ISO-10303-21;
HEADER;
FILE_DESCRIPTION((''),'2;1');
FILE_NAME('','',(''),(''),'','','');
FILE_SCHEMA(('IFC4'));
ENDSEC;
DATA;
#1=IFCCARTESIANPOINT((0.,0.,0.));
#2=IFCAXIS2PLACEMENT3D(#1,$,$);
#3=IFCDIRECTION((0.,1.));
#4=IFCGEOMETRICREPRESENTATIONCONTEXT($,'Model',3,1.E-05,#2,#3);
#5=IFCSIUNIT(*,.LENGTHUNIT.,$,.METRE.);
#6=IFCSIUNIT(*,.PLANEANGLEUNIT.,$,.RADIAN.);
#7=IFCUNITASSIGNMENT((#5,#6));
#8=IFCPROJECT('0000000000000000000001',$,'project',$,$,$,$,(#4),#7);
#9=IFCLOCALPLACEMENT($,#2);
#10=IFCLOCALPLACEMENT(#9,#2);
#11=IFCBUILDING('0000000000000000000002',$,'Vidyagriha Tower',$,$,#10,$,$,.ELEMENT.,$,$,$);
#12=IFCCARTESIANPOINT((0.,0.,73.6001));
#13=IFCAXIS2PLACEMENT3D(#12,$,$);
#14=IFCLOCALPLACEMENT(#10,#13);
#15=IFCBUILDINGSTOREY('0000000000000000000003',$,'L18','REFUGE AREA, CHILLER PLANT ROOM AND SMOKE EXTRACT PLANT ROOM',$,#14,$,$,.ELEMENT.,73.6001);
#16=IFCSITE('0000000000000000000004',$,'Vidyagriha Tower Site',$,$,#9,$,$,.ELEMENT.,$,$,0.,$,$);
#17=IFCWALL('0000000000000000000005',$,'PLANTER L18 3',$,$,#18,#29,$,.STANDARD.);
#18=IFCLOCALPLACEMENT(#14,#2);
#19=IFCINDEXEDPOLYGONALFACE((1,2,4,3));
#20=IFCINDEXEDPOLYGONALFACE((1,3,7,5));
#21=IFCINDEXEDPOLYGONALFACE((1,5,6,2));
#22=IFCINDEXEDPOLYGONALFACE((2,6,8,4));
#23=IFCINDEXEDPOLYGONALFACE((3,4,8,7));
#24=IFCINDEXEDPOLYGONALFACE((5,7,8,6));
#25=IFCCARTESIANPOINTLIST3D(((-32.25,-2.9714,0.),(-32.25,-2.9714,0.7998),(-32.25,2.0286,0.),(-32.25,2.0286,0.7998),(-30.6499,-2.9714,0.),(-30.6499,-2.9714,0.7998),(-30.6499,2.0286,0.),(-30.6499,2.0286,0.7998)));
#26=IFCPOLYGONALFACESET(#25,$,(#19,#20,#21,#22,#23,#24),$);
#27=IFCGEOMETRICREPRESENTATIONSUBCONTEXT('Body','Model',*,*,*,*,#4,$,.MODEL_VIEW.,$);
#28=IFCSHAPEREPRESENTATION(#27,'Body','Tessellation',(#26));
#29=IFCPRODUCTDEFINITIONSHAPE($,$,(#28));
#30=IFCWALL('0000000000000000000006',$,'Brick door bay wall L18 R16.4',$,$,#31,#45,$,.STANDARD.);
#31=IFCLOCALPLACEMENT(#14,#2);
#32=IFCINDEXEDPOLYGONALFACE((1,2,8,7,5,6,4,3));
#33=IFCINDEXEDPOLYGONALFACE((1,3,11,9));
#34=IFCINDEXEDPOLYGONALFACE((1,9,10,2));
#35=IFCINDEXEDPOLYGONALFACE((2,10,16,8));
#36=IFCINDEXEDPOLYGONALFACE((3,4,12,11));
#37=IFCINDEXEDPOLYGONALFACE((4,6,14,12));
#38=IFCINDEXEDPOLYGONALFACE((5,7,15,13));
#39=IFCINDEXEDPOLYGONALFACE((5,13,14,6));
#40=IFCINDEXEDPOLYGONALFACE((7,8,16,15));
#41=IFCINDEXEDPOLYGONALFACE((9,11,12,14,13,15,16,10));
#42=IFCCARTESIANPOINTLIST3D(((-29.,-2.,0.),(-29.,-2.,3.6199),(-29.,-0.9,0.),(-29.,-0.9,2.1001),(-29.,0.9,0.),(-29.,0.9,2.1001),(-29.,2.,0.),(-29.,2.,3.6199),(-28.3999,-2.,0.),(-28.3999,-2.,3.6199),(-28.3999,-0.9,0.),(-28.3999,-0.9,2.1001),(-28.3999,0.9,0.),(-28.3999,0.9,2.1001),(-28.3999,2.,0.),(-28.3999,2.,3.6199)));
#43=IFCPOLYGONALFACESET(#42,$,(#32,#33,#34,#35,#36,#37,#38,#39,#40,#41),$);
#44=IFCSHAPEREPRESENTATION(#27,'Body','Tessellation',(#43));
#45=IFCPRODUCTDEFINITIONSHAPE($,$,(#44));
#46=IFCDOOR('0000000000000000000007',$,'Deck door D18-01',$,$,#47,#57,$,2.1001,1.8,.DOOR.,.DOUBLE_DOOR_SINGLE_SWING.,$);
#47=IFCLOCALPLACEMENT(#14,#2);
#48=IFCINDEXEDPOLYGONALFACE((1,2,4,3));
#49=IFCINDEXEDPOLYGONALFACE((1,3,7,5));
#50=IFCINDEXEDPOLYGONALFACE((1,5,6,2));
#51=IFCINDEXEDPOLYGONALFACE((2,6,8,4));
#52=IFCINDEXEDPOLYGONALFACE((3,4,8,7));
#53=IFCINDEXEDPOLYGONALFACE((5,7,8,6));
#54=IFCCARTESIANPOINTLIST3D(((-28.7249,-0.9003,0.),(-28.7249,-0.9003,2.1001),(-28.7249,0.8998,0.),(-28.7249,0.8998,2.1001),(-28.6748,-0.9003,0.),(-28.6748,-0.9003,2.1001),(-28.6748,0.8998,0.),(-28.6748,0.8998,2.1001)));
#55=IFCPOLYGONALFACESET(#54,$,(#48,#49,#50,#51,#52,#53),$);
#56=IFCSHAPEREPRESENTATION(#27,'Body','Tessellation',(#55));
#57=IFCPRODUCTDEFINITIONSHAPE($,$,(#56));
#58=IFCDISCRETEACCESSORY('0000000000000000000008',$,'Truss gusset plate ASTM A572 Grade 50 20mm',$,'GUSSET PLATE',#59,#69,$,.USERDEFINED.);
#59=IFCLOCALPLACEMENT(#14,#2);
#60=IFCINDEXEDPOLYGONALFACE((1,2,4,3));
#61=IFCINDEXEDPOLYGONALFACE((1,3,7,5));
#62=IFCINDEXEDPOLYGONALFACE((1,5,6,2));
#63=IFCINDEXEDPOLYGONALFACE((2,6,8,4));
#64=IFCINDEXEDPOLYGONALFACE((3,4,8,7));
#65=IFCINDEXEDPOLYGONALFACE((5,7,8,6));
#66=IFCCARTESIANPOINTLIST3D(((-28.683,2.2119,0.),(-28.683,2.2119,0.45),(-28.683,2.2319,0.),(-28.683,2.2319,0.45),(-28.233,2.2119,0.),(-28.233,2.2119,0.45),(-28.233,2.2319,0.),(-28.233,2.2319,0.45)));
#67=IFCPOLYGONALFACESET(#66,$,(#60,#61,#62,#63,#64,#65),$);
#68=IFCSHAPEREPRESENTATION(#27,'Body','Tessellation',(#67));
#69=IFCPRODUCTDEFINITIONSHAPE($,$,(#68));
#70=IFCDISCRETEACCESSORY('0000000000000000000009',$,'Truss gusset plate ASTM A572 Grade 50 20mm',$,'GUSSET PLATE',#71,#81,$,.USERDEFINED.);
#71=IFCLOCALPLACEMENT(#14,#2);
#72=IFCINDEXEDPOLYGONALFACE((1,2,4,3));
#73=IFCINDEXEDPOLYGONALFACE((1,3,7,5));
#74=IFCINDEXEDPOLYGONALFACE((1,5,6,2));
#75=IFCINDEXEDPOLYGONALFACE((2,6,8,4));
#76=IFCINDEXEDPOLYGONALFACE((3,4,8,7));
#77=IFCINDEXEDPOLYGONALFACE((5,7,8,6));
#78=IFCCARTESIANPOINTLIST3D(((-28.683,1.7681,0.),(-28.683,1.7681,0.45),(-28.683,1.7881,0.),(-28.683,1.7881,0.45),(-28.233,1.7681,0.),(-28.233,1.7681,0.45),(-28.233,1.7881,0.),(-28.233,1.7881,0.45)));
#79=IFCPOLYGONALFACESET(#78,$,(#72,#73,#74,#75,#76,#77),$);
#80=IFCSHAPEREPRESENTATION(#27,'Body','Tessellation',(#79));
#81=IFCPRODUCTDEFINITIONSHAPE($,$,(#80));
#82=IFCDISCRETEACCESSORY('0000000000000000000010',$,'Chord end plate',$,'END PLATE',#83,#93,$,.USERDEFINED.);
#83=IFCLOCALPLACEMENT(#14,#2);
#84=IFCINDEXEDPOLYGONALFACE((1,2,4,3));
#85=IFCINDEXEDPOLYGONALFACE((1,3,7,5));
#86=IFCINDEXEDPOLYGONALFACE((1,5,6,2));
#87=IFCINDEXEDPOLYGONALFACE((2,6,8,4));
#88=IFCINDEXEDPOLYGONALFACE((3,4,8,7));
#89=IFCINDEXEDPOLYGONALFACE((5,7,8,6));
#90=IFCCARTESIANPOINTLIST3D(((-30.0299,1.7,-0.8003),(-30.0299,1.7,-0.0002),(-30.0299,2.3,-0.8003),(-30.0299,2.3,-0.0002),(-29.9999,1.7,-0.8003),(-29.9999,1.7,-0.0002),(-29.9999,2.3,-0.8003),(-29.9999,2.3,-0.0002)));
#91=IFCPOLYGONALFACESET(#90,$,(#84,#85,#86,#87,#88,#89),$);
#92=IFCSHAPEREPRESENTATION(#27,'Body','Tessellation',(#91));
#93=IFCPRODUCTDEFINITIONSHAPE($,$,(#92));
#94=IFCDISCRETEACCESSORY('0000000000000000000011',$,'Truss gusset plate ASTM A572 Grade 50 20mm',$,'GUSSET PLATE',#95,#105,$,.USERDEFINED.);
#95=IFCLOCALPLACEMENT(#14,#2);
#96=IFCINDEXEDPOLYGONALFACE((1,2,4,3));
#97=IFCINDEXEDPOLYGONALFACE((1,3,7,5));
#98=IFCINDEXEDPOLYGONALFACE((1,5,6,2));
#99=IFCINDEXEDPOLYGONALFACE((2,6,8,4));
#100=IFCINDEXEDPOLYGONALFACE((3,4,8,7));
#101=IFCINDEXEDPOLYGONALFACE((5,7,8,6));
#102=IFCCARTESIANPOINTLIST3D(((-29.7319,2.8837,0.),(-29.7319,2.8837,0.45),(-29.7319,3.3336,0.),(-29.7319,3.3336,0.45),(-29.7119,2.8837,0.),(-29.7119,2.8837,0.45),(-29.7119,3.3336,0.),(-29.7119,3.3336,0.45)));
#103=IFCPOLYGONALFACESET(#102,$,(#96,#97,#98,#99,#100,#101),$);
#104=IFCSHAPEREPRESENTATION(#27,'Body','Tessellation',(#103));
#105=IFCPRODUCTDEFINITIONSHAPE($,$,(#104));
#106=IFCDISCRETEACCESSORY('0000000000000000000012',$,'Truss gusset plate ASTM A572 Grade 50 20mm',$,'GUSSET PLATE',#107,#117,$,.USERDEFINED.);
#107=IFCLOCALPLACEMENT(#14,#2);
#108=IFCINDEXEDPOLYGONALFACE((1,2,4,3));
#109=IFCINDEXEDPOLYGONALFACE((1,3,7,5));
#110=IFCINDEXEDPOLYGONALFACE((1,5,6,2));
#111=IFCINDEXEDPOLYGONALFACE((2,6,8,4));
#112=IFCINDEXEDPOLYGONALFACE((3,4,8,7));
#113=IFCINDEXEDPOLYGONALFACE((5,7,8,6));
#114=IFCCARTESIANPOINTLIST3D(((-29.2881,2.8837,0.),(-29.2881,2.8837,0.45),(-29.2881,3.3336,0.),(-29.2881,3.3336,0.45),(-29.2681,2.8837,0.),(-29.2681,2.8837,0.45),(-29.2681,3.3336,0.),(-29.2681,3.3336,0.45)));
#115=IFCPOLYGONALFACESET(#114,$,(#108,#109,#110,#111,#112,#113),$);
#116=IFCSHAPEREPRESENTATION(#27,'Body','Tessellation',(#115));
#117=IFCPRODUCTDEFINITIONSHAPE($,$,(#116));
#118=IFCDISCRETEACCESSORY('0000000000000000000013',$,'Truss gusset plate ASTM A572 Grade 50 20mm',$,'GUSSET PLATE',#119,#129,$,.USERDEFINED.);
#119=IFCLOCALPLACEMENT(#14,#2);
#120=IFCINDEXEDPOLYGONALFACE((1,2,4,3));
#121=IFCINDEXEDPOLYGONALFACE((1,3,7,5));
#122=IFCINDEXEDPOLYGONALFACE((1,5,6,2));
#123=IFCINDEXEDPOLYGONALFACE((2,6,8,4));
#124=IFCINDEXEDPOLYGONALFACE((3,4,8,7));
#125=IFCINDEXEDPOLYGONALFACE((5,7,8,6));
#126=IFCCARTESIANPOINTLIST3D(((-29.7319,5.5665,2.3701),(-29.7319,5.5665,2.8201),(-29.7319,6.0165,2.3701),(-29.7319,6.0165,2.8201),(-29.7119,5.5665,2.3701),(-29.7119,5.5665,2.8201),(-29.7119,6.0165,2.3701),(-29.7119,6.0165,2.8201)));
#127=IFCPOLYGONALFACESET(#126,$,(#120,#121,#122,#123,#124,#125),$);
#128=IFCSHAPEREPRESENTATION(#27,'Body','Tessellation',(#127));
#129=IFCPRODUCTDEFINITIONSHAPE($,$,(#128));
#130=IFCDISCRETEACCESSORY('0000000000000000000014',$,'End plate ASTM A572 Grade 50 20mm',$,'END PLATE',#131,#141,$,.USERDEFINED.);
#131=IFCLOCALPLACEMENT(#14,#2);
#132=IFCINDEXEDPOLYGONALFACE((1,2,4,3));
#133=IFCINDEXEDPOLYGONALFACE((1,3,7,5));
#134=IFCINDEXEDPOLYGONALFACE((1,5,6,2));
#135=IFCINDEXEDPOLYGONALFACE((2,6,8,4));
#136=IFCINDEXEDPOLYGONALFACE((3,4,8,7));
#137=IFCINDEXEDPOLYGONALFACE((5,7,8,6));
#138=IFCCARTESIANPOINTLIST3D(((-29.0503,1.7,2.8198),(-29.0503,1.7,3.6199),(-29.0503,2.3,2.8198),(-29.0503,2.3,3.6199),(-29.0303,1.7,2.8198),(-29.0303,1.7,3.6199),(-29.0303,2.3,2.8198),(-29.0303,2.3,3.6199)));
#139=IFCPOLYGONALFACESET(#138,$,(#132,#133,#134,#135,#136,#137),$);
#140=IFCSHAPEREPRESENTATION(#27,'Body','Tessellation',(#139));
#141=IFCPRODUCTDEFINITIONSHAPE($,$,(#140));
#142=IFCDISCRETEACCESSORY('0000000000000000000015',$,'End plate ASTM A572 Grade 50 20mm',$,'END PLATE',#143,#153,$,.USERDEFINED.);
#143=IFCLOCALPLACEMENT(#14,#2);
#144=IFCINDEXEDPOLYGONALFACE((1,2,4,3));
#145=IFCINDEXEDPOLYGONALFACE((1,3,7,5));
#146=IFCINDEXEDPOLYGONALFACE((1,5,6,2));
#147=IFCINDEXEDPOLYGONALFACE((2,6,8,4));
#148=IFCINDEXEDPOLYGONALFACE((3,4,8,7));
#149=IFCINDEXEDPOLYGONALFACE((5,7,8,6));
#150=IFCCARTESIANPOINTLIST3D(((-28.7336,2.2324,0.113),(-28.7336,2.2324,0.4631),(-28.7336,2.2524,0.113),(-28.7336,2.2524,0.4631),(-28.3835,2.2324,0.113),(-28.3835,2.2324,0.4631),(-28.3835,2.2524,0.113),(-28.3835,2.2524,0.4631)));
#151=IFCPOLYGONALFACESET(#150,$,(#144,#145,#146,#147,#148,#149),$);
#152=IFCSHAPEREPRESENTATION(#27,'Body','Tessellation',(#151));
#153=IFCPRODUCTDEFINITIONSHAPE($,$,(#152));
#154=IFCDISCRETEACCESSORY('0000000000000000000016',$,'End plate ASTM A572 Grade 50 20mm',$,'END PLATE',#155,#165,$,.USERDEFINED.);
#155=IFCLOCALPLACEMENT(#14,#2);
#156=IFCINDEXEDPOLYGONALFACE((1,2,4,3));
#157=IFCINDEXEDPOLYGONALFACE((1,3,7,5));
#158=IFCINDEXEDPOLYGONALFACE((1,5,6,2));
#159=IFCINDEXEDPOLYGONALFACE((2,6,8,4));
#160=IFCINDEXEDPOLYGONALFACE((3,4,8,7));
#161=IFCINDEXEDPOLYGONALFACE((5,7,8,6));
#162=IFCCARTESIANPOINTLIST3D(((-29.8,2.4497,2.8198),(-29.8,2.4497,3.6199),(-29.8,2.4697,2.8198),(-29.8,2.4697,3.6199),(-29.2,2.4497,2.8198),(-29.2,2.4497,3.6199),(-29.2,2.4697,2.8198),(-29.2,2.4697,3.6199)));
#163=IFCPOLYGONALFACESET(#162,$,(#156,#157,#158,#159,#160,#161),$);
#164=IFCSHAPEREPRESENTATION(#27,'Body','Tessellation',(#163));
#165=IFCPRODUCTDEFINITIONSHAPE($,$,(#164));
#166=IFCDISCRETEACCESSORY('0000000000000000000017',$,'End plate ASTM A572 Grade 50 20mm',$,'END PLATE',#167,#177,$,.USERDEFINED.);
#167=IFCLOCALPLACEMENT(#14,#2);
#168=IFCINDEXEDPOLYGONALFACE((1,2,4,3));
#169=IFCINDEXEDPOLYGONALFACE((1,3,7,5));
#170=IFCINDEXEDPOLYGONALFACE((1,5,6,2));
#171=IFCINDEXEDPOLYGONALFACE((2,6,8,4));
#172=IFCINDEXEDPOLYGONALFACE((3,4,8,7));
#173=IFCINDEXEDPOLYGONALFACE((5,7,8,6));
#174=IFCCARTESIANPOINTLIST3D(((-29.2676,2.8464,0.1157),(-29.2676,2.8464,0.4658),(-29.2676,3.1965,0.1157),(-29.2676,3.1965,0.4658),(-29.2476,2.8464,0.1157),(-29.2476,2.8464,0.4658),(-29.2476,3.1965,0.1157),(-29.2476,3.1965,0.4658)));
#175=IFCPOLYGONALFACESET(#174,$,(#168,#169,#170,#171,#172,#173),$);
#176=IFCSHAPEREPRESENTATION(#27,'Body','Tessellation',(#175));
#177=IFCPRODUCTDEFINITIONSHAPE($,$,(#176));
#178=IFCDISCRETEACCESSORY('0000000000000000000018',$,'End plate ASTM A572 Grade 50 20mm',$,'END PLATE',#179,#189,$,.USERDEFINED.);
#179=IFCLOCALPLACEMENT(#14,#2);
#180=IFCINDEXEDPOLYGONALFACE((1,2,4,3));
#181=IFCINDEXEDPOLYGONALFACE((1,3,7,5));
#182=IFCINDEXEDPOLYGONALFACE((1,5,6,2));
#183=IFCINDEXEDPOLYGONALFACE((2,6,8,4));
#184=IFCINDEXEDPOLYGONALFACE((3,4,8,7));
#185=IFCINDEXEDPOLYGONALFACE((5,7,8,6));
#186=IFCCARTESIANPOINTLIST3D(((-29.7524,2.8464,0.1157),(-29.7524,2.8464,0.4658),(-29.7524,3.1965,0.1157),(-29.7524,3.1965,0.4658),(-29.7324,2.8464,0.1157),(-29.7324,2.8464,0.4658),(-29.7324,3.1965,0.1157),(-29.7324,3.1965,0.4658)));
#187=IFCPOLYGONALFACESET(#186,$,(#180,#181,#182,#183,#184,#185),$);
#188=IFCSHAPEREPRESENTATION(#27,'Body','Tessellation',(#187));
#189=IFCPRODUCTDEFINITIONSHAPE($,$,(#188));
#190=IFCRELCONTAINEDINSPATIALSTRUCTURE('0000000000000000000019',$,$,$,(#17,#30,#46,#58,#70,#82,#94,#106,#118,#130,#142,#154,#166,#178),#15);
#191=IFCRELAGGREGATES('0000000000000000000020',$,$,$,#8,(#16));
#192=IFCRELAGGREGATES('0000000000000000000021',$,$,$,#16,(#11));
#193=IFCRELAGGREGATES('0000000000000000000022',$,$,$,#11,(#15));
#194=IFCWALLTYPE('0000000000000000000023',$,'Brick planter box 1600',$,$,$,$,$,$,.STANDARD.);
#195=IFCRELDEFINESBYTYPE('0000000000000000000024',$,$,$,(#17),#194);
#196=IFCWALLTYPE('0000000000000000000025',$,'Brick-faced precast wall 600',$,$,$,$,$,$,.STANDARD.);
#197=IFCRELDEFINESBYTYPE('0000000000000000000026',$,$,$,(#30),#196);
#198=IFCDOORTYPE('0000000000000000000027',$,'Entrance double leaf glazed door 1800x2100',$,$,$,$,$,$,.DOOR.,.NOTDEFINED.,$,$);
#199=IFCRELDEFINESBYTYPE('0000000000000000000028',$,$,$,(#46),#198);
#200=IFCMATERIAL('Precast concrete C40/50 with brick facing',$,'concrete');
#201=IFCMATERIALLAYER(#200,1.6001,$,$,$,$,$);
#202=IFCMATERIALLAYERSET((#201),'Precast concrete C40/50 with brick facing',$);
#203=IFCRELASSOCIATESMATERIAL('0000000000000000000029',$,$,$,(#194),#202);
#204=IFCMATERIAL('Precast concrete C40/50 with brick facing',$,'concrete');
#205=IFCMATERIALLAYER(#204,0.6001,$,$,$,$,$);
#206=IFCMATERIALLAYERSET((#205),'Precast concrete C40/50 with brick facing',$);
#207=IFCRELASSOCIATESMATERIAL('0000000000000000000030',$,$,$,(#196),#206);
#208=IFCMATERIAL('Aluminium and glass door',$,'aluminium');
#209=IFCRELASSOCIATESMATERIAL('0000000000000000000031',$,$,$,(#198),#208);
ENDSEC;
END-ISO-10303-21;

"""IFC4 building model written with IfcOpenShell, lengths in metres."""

from ifc_helpers import new_model, si_unit, direction, frame, frame_2d, origin, origin_2d, place, context, subcontext, project, spatial, rectangle, extrude, material, layer, layer_set, type_object, element, fill, save


model = new_model("IFC4")

# Units and contexts
model_context = context("Model", 3, precision=1e-05, world=origin(), true_north=direction((0.0, 1.0)))
body_context = subcontext(model_context, "Body", "Model", "MODEL_VIEW")
ifc_project = project(units=[si_unit("LENGTHUNIT", "METRE"), si_unit("PLANEANGLEUNIT", "RADIAN")], contexts=[model_context])

# Site, building, storey
site_placement = place(None, origin())
site = spatial("IfcSite", under=ifc_project, at=site_placement, Name="Vidyagriha Tower Site", CompositionType="ELEMENT", RefElevation=0.0)
building_placement = place(site_placement, origin())
building = spatial("IfcBuilding", under=site, at=building_placement, Name="Vidyagriha Tower", CompositionType="ELEMENT")
storey_placement = place(building_placement, frame((0.0, 0.0, 73.6001)))
storey = spatial("IfcBuildingStorey", under=building, at=storey_placement, Name="L18", Description="REFUGE AREA, CHILLER PLANT ROOM AND SMOKE EXTRACT PLANT ROOM", CompositionType="ELEMENT", Elevation=73.6001)

# Wall
ifc_material_1 = material(Name="Precast concrete C40/50 with brick facing", Category="concrete")
ifc_layer_1 = layer(ifc_material_1, 1.6001)
ifc_layer_set_1 = layer_set([ifc_layer_1], Name="Precast concrete C40/50 with brick facing")
wall_type_1 = type_object("IfcWallType", Name="Brick planter box 1600", PredefinedType="STANDARD", material=ifc_layer_set_1)
wall_1_placement = place(storey_placement, frame((-31.45, 2.0286, 0.0), z_axis=(0.0, 0.0, 1.0), x_axis=(0.0, -1.0, 0.0)))
element("IfcWall", 1, at=wall_1_placement, inside=storey, type_object=wall_type_1, Name="PLANTER L18 3", PredefinedType="STANDARD", context=body_context, shape_type="SweptSolid", body=[
    extrude(rectangle(XDim=5.0, YDim=1.6001, at=frame_2d((2.5, 0.0))), origin(), (0.0, 0.0, 1.0), 0.7998),
])

# Wall, opening, door
ifc_material_2 = material(Name="Precast concrete C40/50 with brick facing", Category="concrete")
ifc_layer_2 = layer(ifc_material_2, 0.6001)
ifc_layer_set_2 = layer_set([ifc_layer_2], Name="Precast concrete C40/50 with brick facing")
wall_type_2 = type_object("IfcWallType", Name="Brick-faced precast wall 600", PredefinedType="STANDARD", material=ifc_layer_set_2)
wall_2_placement = place(storey_placement, frame((-28.7, 2.0, 0.0), z_axis=(0.0, 0.0, 1.0), x_axis=(0.0, -1.0, 0.0)))
wall_2 = element("IfcWall", 2, at=wall_2_placement, inside=storey, type_object=wall_type_2, Name="Brick door bay wall L18 R16.4", PredefinedType="STANDARD", context=body_context, shape_type="SweptSolid", body=[
    extrude(rectangle(XDim=4.0, YDim=0.6001, at=frame_2d((2.0, 0.0))), origin(), (0.0, 0.0, 1.0), 3.6199),
])
opening_placement = place(wall_2_placement, frame((1.1001, 0.0, 0.0)))
opening = element("IfcOpeningElement", 3, at=opening_placement, cuts=wall_2, PredefinedType="OPENING", context=body_context, shape_type="SweptSolid", body=[
    extrude(rectangle(XDim=1.8, YDim=2.1001, at=frame_2d((0.8999, 1.05))), frame((0.0, 0.3101, 0.0), z_axis=(0.0, -1.0, 0.0), x_axis=(1.0, 0.0, 0.0)), (0.0, 0.0, 1.0), 0.6201),
])
ifc_material_3 = material(Name="Aluminium and glass door", Category="aluminium")
door_type = type_object("IfcDoorType", Name="Entrance double leaf glazed door 1800x2100", OperationType="NOTDEFINED", PredefinedType="DOOR", material=ifc_material_3)
door_placement = place(opening_placement, frame((1.8, 0.0, 0.0), z_axis=(0.0, 0.0, 1.0), x_axis=(-1.0, 0.0, 0.0)))
door = element("IfcDoor", 4, at=door_placement, inside=storey, type_object=door_type, Name="Deck door D18-01", OperationType="DOUBLE_DOOR_SINGLE_SWING", OverallHeight=2.1001, OverallWidth=1.8, PredefinedType="DOOR", context=body_context, shape_type="SweptSolid", body=[
    extrude(rectangle(XDim=1.8, YDim=2.1001, at=frame_2d((0.8999, 1.05))), frame((0.0, 0.0249, 0.0), z_axis=(0.0, -1.0, 0.0), x_axis=(1.0, 0.0, 0.0)), (0.0, 0.0, 1.0), 0.05),
])
fill(opening, door)

# Discrete accessories
for number, where, name in (
    (5, (-28.458, 2.2219, 0.0), "Truss gusset plate ASTM A572 Grade 50 20mm"),
    (6, (-28.458, 1.7781, 0.0), "Truss gusset plate ASTM A572 Grade 50 20mm"),
):
    element("IfcDiscreteAccessory", number, at=place(storey_placement, frame(where)), inside=storey, Name=name, ObjectType="GUSSET PLATE", PredefinedType="USERDEFINED", context=body_context, shape_type="SweptSolid", body=[
        extrude(rectangle(XDim=0.45, YDim=0.02, at=origin_2d()), origin(), (0.0, 0.0, 1.0), 0.45),
    ])
discrete_accessory_1_placement = place(storey_placement, frame((-30.0149, 2.0, -0.8003), z_axis=(0.0, 0.0, 1.0), x_axis=(-1.0, 0.0, 0.0)))
element("IfcDiscreteAccessory", 7, at=discrete_accessory_1_placement, inside=storey, Name="Chord end plate", ObjectType="END PLATE", PredefinedType="USERDEFINED", context=body_context, shape_type="SweptSolid", body=[
    extrude(rectangle(XDim=0.03, YDim=0.6001, at=origin_2d()), origin(), (0.0, 0.0, 1.0), 0.8),
])
for number, where, z_axis, x_axis, name in (
    (8, (-29.7219, 3.1086, 0.0), (0.0, 0.0, 1.0), (0.0, 1.0, 0.0), "Truss gusset plate ASTM A572 Grade 50 20mm"),
    (9, (-29.2781, 3.1086, 0.0), (0.0, 0.0, 1.0), (0.0, 1.0, 0.0), "Truss gusset plate ASTM A572 Grade 50 20mm"),
    (10, (-29.7219, 5.7915, 2.3701), (0.0, 0.0, 1.0), (0.0, 1.0, 0.0), "Truss gusset plate ASTM A572 Grade 50 20mm"),
):
    element("IfcDiscreteAccessory", number, at=place(storey_placement, frame(where, z_axis=z_axis, x_axis=x_axis)), inside=storey, Name=name, ObjectType="GUSSET PLATE", PredefinedType="USERDEFINED", context=body_context, shape_type="SweptSolid", body=[
        extrude(rectangle(XDim=0.45, YDim=0.02, at=origin_2d()), origin(), (0.0, 0.0, 1.0), 0.45),
    ])
discrete_accessory_2_placement = place(storey_placement, frame((-29.0403, 2.0, 2.8198), z_axis=(0.0, 0.0, 1.0), x_axis=(-1.0, 0.0, 0.0)))
element("IfcDiscreteAccessory", 11, at=discrete_accessory_2_placement, inside=storey, Name="End plate ASTM A572 Grade 50 20mm", ObjectType="END PLATE", PredefinedType="USERDEFINED", context=body_context, shape_type="SweptSolid", body=[
    extrude(rectangle(XDim=0.02, YDim=0.6001, at=origin_2d()), origin(), (0.0, 0.0, 1.0), 0.8),
])
discrete_accessory_3_placement = place(storey_placement, frame((-28.5586, 2.2424, 0.113), z_axis=(0.0, 0.0, 1.0), x_axis=(-1.0, 0.0, 0.0)))
element("IfcDiscreteAccessory", 12, at=discrete_accessory_3_placement, inside=storey, Name="End plate ASTM A572 Grade 50 20mm", ObjectType="END PLATE", PredefinedType="USERDEFINED", context=body_context, shape_type="SweptSolid", body=[
    extrude(rectangle(XDim=0.3501, YDim=0.02, at=origin_2d()), origin(), (0.0, 0.0, 1.0), 0.3501),
])
discrete_accessory_4_placement = place(storey_placement, frame((-29.5, 2.4597, 2.8198), z_axis=(0.0, 0.0, 1.0), x_axis=(0.0, -1.0, 0.0)))
element("IfcDiscreteAccessory", 13, at=discrete_accessory_4_placement, inside=storey, Name="End plate ASTM A572 Grade 50 20mm", ObjectType="END PLATE", PredefinedType="USERDEFINED", context=body_context, shape_type="SweptSolid", body=[
    extrude(rectangle(XDim=0.02, YDim=0.6001, at=origin_2d()), origin(), (0.0, 0.0, 1.0), 0.8),
])
for number, where, z_axis, x_axis, name in (
    (14, (-29.2576, 3.0215, 0.1157), (0.0, 0.0, 1.0), (0.0, -1.0, 0.0), "End plate ASTM A572 Grade 50 20mm"),
    (15, (-29.7424, 3.0215, 0.1157), (0.0, 0.0, 1.0), (0.0, -1.0, 0.0), "End plate ASTM A572 Grade 50 20mm"),
):
    element("IfcDiscreteAccessory", number, at=place(storey_placement, frame(where, z_axis=z_axis, x_axis=x_axis)), inside=storey, Name=name, ObjectType="END PLATE", PredefinedType="USERDEFINED", context=body_context, shape_type="SweptSolid", body=[
        extrude(rectangle(XDim=0.3501, YDim=0.02, at=origin_2d()), origin(), (0.0, 0.0, 1.0), 0.3501),
    ])

save(model, "model.ifc")
